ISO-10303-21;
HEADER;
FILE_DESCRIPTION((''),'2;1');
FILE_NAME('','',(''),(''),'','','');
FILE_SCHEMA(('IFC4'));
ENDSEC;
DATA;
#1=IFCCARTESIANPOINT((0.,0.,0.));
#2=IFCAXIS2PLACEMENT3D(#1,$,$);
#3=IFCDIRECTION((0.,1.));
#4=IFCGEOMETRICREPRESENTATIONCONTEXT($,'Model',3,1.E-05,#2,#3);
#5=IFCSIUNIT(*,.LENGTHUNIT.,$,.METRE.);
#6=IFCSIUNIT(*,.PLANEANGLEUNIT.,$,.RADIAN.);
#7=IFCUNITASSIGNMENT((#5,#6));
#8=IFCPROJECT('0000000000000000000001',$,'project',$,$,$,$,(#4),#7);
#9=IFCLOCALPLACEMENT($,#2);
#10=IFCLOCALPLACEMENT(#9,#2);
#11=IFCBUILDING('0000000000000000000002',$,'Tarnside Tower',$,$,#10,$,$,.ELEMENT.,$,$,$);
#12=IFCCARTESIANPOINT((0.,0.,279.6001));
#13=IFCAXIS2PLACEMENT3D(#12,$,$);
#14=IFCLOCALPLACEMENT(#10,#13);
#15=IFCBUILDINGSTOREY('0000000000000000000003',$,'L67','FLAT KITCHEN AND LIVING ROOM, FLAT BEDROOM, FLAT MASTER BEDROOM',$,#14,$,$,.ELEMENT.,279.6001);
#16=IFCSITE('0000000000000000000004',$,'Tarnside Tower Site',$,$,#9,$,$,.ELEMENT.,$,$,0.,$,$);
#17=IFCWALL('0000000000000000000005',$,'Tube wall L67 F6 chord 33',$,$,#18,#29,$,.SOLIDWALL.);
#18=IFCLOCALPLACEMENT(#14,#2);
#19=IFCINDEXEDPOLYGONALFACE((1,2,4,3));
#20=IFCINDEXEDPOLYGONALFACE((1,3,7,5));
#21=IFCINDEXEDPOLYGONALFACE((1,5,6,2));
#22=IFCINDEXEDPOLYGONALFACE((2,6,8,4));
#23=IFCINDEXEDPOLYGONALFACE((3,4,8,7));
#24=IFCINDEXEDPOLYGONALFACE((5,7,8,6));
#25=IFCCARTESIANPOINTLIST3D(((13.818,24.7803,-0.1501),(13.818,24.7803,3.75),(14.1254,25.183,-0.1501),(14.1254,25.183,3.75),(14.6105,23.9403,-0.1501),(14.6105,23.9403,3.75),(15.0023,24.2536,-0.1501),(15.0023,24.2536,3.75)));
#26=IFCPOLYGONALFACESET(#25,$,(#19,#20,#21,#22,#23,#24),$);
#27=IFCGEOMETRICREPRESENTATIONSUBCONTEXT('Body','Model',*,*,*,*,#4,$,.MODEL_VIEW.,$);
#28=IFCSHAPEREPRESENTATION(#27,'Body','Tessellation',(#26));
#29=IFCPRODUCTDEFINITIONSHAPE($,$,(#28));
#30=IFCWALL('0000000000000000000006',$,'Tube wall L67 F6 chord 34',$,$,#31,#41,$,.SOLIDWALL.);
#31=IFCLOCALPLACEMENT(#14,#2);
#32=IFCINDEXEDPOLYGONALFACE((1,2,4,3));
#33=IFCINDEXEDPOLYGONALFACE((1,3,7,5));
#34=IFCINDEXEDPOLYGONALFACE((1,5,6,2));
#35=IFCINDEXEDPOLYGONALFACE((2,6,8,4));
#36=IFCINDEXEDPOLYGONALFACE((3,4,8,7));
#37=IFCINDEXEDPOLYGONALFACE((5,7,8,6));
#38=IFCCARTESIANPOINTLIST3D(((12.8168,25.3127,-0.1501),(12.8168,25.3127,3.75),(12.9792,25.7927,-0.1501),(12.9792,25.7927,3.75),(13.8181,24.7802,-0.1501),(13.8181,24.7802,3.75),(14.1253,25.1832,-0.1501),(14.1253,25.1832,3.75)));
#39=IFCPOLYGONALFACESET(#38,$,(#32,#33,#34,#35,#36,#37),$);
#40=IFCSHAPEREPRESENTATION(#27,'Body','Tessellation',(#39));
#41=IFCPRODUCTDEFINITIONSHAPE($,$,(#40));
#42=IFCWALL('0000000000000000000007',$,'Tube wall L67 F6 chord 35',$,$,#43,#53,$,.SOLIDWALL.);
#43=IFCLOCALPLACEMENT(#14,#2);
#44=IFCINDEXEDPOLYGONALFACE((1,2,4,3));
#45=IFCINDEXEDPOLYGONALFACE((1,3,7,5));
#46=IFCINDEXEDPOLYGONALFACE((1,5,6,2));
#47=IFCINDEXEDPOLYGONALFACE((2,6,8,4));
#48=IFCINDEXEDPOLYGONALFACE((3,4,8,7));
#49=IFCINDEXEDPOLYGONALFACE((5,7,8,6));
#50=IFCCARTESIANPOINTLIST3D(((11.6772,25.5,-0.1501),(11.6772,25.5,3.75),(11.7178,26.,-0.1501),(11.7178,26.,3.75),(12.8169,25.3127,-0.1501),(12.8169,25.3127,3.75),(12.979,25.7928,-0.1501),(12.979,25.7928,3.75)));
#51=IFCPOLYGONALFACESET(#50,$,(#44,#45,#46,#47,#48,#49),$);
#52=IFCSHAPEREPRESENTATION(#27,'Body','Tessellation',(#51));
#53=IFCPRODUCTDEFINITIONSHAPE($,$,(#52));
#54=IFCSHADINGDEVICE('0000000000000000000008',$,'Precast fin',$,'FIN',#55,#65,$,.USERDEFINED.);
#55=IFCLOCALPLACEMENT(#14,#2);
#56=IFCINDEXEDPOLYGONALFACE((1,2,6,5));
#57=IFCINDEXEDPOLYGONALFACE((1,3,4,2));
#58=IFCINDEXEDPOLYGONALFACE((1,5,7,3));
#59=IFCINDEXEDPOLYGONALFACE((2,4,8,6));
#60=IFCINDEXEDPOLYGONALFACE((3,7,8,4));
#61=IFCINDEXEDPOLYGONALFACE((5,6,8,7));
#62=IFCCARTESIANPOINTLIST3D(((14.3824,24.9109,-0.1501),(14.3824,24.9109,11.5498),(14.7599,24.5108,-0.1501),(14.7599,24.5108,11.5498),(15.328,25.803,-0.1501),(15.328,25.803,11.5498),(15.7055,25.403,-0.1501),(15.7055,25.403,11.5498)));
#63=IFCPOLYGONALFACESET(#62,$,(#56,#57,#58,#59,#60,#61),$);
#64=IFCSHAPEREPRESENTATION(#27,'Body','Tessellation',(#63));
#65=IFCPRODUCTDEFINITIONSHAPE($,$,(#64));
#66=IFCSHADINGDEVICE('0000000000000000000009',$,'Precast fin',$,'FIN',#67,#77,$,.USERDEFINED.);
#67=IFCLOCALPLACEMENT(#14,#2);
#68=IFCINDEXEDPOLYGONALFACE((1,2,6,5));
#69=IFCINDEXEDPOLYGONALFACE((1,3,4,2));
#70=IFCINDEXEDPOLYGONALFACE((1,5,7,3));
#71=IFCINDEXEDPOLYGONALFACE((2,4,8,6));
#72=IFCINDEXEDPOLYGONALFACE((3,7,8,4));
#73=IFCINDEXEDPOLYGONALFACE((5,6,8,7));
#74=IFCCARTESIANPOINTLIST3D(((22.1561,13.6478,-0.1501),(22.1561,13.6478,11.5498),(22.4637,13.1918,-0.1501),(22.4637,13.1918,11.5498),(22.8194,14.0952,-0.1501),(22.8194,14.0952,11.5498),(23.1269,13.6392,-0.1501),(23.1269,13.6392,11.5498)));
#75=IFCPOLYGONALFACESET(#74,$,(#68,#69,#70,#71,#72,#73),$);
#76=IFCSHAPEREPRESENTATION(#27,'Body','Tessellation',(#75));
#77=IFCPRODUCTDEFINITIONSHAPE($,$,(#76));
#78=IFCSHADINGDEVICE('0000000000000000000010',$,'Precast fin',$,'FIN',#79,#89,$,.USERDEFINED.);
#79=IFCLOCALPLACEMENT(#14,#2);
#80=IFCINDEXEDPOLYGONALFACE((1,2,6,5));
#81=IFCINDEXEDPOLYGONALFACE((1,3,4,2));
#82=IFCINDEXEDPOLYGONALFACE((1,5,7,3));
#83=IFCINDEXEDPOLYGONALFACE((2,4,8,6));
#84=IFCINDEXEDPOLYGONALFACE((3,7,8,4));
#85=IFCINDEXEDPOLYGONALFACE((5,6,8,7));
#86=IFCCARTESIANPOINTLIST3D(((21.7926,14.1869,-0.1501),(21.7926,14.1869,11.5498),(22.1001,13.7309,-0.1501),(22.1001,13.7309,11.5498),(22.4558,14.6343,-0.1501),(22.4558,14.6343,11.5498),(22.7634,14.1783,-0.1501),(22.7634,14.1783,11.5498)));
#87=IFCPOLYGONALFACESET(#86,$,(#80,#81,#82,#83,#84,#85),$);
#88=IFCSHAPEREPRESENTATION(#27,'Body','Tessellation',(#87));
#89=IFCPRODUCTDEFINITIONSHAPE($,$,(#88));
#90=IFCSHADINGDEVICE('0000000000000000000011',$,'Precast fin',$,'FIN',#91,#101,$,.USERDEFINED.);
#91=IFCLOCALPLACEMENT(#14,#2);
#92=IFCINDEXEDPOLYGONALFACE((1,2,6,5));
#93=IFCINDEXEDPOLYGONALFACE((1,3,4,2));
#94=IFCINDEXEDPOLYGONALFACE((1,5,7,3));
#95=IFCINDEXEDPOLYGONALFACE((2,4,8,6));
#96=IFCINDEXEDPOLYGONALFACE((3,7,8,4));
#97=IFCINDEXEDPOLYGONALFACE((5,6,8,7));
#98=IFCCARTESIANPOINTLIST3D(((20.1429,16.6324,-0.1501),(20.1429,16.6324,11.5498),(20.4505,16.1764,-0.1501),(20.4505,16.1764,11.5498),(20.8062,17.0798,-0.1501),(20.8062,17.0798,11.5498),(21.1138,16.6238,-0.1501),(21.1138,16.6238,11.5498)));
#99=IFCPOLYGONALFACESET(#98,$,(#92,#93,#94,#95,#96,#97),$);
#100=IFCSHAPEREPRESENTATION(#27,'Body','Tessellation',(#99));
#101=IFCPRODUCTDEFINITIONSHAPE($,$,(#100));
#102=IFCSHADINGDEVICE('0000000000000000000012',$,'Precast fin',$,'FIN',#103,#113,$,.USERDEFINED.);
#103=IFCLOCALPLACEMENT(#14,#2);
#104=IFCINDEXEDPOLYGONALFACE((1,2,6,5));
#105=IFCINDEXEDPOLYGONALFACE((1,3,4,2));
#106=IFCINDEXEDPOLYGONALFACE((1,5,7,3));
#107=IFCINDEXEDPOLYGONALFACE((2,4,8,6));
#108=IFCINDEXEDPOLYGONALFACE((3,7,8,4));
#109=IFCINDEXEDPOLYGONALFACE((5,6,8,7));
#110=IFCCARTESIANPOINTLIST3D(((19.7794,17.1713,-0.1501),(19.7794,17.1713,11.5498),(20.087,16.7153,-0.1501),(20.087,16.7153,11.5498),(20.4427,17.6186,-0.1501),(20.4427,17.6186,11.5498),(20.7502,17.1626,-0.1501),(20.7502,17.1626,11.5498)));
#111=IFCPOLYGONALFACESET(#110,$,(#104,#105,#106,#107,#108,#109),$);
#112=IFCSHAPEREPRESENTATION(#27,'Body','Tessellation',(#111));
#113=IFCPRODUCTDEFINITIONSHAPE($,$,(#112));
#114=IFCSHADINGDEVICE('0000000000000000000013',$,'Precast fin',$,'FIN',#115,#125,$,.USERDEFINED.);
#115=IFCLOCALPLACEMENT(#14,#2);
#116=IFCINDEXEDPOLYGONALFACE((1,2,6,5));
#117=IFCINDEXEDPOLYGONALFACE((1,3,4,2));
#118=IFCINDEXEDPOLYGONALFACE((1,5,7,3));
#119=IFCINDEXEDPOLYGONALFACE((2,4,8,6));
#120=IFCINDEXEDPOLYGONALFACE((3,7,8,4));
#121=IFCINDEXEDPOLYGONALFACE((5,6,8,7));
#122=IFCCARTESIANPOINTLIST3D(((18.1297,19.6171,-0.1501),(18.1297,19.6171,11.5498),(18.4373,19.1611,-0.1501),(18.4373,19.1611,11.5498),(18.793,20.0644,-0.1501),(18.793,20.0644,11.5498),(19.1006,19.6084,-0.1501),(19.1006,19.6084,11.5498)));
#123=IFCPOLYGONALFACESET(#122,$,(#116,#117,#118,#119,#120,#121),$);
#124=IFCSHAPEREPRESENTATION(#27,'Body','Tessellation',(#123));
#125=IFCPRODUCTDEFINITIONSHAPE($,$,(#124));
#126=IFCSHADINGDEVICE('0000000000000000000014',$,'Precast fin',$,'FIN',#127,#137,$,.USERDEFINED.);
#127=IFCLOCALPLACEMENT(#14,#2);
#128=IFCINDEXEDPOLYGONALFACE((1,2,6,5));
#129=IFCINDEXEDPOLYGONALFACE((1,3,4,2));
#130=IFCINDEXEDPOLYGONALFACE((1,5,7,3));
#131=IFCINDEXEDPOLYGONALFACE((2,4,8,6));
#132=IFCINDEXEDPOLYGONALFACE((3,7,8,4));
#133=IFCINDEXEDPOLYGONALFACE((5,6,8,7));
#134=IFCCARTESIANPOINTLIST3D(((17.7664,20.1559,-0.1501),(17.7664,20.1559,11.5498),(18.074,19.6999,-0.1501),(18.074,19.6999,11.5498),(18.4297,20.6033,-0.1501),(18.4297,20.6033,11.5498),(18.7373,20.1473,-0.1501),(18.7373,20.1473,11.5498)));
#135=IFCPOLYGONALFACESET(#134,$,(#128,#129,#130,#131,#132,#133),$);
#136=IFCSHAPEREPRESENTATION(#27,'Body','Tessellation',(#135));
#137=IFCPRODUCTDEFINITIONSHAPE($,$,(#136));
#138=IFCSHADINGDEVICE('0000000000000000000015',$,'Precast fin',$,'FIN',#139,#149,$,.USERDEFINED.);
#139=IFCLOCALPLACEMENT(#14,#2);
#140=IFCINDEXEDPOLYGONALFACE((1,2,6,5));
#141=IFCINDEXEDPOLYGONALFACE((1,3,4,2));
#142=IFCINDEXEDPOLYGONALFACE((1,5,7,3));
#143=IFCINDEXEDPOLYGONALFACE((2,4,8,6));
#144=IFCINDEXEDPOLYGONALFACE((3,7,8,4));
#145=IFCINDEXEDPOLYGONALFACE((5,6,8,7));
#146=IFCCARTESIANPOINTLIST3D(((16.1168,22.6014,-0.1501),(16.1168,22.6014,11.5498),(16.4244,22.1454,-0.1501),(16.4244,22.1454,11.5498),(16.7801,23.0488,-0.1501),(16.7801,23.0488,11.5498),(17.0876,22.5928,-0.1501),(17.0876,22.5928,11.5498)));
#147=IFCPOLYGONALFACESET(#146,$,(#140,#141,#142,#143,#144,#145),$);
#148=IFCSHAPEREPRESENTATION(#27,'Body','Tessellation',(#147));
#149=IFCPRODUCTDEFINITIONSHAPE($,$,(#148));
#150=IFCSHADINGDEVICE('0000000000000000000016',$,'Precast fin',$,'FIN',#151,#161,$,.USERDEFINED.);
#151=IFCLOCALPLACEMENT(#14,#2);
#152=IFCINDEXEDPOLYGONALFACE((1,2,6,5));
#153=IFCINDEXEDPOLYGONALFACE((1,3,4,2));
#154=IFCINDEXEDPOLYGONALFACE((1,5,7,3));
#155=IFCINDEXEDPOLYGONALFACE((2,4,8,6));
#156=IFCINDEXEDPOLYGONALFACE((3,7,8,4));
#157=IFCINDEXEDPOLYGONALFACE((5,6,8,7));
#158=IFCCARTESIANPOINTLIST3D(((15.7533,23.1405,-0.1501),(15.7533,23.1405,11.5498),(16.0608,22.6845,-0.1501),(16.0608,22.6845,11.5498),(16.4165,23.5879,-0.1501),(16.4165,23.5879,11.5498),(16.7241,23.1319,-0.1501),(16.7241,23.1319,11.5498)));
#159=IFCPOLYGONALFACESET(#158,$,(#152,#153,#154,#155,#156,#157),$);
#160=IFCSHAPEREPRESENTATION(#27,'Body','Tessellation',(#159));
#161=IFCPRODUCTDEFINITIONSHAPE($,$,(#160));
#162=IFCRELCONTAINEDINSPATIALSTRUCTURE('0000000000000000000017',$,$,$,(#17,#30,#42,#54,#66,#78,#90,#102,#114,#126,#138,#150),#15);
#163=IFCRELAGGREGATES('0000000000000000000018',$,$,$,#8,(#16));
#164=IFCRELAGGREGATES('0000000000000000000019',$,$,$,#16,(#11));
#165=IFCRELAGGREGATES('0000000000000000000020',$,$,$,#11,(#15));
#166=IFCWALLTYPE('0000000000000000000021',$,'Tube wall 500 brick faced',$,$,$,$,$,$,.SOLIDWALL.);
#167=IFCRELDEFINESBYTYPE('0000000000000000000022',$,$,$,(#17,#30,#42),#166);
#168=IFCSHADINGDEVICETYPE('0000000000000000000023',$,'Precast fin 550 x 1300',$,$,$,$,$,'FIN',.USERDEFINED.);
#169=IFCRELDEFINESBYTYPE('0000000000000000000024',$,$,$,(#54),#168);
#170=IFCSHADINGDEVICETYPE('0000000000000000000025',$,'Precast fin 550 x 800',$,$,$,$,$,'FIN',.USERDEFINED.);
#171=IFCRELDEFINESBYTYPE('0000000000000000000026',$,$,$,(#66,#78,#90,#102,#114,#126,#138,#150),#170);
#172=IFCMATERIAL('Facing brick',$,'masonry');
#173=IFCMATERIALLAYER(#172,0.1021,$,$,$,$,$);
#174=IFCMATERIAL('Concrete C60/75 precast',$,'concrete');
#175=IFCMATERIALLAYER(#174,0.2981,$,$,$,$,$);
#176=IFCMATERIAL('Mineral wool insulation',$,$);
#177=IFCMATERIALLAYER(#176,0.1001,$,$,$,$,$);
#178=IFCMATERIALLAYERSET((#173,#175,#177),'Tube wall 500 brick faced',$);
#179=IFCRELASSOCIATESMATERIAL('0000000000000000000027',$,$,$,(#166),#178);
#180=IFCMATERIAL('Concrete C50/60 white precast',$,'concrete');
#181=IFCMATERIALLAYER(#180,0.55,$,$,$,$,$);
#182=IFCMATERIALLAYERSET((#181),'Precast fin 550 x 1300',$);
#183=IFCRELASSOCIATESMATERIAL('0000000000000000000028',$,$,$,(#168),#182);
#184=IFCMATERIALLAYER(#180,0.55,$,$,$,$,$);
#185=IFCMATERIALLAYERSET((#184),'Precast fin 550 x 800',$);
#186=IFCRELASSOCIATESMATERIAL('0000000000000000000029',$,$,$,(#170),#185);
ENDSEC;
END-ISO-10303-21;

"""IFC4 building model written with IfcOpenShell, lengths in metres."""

from ifc_helpers import new_model, si_unit, direction, frame, origin, place, context, subcontext, project, spatial, polyline, outline, extrude, material, layer, layer_set, type_object, element, save


model = new_model("IFC4")

# Units and contexts
model_context = context("Model", 3, precision=1e-05, world=origin(), true_north=direction((0.0, 1.0)))
body_context = subcontext(model_context, "Body", "Model", "MODEL_VIEW")
ifc_project = project(units=[si_unit("LENGTHUNIT", "METRE"), si_unit("PLANEANGLEUNIT", "RADIAN")], contexts=[model_context])

# Site, building, storey
site_placement = place(None, origin())
site = spatial("IfcSite", under=ifc_project, at=site_placement, Name="Tarnside Tower Site", CompositionType="ELEMENT", RefElevation=0.0)
building_placement = place(site_placement, origin())
building = spatial("IfcBuilding", under=site, at=building_placement, Name="Tarnside Tower", CompositionType="ELEMENT")
storey_placement = place(building_placement, frame((0.0, 0.0, 279.6001)))
storey = spatial("IfcBuildingStorey", under=building, at=storey_placement, Name="L67", Description="FLAT KITCHEN AND LIVING ROOM, FLAT BEDROOM, FLAT MASTER BEDROOM", CompositionType="ELEMENT", Elevation=279.6001)

# Shared definitions
ifc_material_1 = material(Name="Concrete C60/75 precast", Category="concrete")
ifc_material_2 = material(Name="Mineral wool insulation")

# Walls
ifc_material_3 = material(Name="Facing brick", Category="masonry")
ifc_layer_1 = layer(ifc_material_3, 0.1021)
ifc_layer_2 = layer(ifc_material_1, 0.2981)
ifc_layer_3 = layer(ifc_material_2, 0.1001)
ifc_layer_set_1 = layer_set([ifc_layer_1, ifc_layer_2, ifc_layer_3], Name="Tube wall 500 brick faced")
wall_type_1 = type_object("IfcWallType", Name="Tube wall 500 brick faced", PredefinedType="SOLIDWALL", material=ifc_layer_set_1)
wall_1_placement = place(storey_placement, frame((14.8064, 24.0969, -0.1501), z_axis=(0.0, 0.0, 1.0), x_axis=(-0.686234, 0.72738, 0.0)))
element("IfcWall", 1, at=wall_1_placement, inside=storey, type_object=wall_type_1, Name="Tube wall L67 F6 chord 33", PredefinedType="SOLIDWALL", context=body_context, shape_type="SweptSolid", body=[
    extrude(outline(polyline([(-0.0205, -0.25), (1.2573, -0.25), (1.1753, 0.25), (0.0205, 0.25), (-0.0205, -0.25)])), origin(), (0.0, 0.0, 1.0), 3.9001),
])
wall_2_placement = place(storey_placement, frame((13.9717, 24.9817, -0.1501), z_axis=(0.0, 0.0, 1.0), x_axis=(-0.882902, 0.469556, 0.0)))
element("IfcWall", 2, at=wall_2_placement, inside=storey, type_object=wall_type_1, Name="Tube wall L67 F6 chord 34", PredefinedType="SOLIDWALL", context=body_context, shape_type="SweptSolid", body=[
    extrude(outline(polyline([(-0.041, -0.25), (1.2571, -0.25), (1.175, 0.25), (0.041, 0.25), (-0.041, -0.25)])), origin(), (0.0, 0.0, 1.0), 3.9001),
])
wall_3_placement = place(storey_placement, frame((12.8979, 25.5527, -0.1501), z_axis=(0.0, 0.0, 1.0), x_axis=(-0.986766, 0.162153, 0.0)))
element("IfcWall", 3, at=wall_3_placement, inside=storey, type_object=wall_type_1, Name="Tube wall L67 F6 chord 35", PredefinedType="SOLIDWALL", context=body_context, shape_type="SweptSolid", body=[
    extrude(outline(polyline([(-0.041, -0.25), (1.2371, -0.25), (1.196, 0.25), (0.041, 0.25), (-0.041, -0.25)])), origin(), (0.0, 0.0, 1.0), 3.9001),
])

# Shading devices
ifc_material_4 = material(Name="Concrete C50/60 white precast", Category="concrete")
ifc_layer_4 = layer(ifc_material_4, 0.55)
ifc_layer_set_2 = layer_set([ifc_layer_4], Name="Precast fin 550 x 1300")
shading_device_type_1 = type_object("IfcShadingDeviceType", Name="Precast fin 550 x 1300", ElementType="FIN", PredefinedType="USERDEFINED", material=ifc_layer_set_2)
shading_device_placement = place(storey_placement, frame((14.571, 24.7109, -0.1501), z_axis=(0.686242, -0.727374, 0.0), x_axis=(0.727374, 0.686242, 0.0)))
element("IfcShadingDevice", 4, at=shading_device_placement, inside=storey, type_object=shading_device_type_1, Name="Precast fin", ObjectType="FIN", PredefinedType="USERDEFINED", context=body_context, shape_type="SweptSolid", body=[
    extrude(outline(polyline([(0.0, 0.0), (1.3, 0.0), (1.3, 11.7), (0.0, 11.7), (0.0, 0.0)])), frame((0.0, 0.0, -0.2749)), (0.0, 0.0, 1.0), 0.55),
])
ifc_layer_5 = layer(ifc_material_4, 0.55)
ifc_layer_set_3 = layer_set([ifc_layer_5], Name="Precast fin 550 x 800")
shading_device_type_2 = type_object("IfcShadingDeviceType", Name="Precast fin 550 x 800", ElementType="FIN", PredefinedType="USERDEFINED", material=ifc_layer_set_3)
for number, where, z_axis, x_axis, name in (
    (5, (22.3098, 13.4199, -0.1501), (0.559193, -0.829038, 0.0), (0.829038, 0.559193, 0.0), "Precast fin"),
    (6, (21.9463, 13.959, -0.1501), (0.559193, -0.829038, 0.0), (0.829038, 0.559193, 0.0), "Precast fin"),
    (7, (20.2966, 16.4045, -0.1501), (0.559193, -0.829038, 0.0), (0.829038, 0.559193, 0.0), "Precast fin"),
    (8, (19.9331, 16.9434, -0.1501), (0.559193, -0.829038, 0.0), (0.829038, 0.559193, 0.0), "Precast fin"),
    (9, (18.2834, 19.3892, -0.1501), (0.559193, -0.829038, 0.0), (0.829038, 0.559193, 0.0), "Precast fin"),
    (10, (17.9202, 19.928, -0.1501), (0.559193, -0.829038, 0.0), (0.829038, 0.559193, 0.0), "Precast fin"),
    (11, (16.2705, 22.3735, -0.1501), (0.559193, -0.829038, 0.0), (0.829038, 0.559193, 0.0), "Precast fin"),
    (12, (15.907, 22.9126, -0.1501), (0.559193, -0.829038, 0.0), (0.829038, 0.559193, 0.0), "Precast fin"),
):
    element("IfcShadingDevice", number, at=place(storey_placement, frame(where, z_axis=z_axis, x_axis=x_axis)), inside=storey, type_object=shading_device_type_2, Name=name, ObjectType="FIN", PredefinedType="USERDEFINED", context=body_context, shape_type="SweptSolid", body=[
        extrude(outline(polyline([(0.0, 0.0), (0.8, 0.0), (0.8, 11.7), (0.0, 11.7), (0.0, 0.0)])), frame((0.0, 0.0, -0.2749)), (0.0, 0.0, 1.0), 0.55),
    ])

save(model, "model.ifc")
